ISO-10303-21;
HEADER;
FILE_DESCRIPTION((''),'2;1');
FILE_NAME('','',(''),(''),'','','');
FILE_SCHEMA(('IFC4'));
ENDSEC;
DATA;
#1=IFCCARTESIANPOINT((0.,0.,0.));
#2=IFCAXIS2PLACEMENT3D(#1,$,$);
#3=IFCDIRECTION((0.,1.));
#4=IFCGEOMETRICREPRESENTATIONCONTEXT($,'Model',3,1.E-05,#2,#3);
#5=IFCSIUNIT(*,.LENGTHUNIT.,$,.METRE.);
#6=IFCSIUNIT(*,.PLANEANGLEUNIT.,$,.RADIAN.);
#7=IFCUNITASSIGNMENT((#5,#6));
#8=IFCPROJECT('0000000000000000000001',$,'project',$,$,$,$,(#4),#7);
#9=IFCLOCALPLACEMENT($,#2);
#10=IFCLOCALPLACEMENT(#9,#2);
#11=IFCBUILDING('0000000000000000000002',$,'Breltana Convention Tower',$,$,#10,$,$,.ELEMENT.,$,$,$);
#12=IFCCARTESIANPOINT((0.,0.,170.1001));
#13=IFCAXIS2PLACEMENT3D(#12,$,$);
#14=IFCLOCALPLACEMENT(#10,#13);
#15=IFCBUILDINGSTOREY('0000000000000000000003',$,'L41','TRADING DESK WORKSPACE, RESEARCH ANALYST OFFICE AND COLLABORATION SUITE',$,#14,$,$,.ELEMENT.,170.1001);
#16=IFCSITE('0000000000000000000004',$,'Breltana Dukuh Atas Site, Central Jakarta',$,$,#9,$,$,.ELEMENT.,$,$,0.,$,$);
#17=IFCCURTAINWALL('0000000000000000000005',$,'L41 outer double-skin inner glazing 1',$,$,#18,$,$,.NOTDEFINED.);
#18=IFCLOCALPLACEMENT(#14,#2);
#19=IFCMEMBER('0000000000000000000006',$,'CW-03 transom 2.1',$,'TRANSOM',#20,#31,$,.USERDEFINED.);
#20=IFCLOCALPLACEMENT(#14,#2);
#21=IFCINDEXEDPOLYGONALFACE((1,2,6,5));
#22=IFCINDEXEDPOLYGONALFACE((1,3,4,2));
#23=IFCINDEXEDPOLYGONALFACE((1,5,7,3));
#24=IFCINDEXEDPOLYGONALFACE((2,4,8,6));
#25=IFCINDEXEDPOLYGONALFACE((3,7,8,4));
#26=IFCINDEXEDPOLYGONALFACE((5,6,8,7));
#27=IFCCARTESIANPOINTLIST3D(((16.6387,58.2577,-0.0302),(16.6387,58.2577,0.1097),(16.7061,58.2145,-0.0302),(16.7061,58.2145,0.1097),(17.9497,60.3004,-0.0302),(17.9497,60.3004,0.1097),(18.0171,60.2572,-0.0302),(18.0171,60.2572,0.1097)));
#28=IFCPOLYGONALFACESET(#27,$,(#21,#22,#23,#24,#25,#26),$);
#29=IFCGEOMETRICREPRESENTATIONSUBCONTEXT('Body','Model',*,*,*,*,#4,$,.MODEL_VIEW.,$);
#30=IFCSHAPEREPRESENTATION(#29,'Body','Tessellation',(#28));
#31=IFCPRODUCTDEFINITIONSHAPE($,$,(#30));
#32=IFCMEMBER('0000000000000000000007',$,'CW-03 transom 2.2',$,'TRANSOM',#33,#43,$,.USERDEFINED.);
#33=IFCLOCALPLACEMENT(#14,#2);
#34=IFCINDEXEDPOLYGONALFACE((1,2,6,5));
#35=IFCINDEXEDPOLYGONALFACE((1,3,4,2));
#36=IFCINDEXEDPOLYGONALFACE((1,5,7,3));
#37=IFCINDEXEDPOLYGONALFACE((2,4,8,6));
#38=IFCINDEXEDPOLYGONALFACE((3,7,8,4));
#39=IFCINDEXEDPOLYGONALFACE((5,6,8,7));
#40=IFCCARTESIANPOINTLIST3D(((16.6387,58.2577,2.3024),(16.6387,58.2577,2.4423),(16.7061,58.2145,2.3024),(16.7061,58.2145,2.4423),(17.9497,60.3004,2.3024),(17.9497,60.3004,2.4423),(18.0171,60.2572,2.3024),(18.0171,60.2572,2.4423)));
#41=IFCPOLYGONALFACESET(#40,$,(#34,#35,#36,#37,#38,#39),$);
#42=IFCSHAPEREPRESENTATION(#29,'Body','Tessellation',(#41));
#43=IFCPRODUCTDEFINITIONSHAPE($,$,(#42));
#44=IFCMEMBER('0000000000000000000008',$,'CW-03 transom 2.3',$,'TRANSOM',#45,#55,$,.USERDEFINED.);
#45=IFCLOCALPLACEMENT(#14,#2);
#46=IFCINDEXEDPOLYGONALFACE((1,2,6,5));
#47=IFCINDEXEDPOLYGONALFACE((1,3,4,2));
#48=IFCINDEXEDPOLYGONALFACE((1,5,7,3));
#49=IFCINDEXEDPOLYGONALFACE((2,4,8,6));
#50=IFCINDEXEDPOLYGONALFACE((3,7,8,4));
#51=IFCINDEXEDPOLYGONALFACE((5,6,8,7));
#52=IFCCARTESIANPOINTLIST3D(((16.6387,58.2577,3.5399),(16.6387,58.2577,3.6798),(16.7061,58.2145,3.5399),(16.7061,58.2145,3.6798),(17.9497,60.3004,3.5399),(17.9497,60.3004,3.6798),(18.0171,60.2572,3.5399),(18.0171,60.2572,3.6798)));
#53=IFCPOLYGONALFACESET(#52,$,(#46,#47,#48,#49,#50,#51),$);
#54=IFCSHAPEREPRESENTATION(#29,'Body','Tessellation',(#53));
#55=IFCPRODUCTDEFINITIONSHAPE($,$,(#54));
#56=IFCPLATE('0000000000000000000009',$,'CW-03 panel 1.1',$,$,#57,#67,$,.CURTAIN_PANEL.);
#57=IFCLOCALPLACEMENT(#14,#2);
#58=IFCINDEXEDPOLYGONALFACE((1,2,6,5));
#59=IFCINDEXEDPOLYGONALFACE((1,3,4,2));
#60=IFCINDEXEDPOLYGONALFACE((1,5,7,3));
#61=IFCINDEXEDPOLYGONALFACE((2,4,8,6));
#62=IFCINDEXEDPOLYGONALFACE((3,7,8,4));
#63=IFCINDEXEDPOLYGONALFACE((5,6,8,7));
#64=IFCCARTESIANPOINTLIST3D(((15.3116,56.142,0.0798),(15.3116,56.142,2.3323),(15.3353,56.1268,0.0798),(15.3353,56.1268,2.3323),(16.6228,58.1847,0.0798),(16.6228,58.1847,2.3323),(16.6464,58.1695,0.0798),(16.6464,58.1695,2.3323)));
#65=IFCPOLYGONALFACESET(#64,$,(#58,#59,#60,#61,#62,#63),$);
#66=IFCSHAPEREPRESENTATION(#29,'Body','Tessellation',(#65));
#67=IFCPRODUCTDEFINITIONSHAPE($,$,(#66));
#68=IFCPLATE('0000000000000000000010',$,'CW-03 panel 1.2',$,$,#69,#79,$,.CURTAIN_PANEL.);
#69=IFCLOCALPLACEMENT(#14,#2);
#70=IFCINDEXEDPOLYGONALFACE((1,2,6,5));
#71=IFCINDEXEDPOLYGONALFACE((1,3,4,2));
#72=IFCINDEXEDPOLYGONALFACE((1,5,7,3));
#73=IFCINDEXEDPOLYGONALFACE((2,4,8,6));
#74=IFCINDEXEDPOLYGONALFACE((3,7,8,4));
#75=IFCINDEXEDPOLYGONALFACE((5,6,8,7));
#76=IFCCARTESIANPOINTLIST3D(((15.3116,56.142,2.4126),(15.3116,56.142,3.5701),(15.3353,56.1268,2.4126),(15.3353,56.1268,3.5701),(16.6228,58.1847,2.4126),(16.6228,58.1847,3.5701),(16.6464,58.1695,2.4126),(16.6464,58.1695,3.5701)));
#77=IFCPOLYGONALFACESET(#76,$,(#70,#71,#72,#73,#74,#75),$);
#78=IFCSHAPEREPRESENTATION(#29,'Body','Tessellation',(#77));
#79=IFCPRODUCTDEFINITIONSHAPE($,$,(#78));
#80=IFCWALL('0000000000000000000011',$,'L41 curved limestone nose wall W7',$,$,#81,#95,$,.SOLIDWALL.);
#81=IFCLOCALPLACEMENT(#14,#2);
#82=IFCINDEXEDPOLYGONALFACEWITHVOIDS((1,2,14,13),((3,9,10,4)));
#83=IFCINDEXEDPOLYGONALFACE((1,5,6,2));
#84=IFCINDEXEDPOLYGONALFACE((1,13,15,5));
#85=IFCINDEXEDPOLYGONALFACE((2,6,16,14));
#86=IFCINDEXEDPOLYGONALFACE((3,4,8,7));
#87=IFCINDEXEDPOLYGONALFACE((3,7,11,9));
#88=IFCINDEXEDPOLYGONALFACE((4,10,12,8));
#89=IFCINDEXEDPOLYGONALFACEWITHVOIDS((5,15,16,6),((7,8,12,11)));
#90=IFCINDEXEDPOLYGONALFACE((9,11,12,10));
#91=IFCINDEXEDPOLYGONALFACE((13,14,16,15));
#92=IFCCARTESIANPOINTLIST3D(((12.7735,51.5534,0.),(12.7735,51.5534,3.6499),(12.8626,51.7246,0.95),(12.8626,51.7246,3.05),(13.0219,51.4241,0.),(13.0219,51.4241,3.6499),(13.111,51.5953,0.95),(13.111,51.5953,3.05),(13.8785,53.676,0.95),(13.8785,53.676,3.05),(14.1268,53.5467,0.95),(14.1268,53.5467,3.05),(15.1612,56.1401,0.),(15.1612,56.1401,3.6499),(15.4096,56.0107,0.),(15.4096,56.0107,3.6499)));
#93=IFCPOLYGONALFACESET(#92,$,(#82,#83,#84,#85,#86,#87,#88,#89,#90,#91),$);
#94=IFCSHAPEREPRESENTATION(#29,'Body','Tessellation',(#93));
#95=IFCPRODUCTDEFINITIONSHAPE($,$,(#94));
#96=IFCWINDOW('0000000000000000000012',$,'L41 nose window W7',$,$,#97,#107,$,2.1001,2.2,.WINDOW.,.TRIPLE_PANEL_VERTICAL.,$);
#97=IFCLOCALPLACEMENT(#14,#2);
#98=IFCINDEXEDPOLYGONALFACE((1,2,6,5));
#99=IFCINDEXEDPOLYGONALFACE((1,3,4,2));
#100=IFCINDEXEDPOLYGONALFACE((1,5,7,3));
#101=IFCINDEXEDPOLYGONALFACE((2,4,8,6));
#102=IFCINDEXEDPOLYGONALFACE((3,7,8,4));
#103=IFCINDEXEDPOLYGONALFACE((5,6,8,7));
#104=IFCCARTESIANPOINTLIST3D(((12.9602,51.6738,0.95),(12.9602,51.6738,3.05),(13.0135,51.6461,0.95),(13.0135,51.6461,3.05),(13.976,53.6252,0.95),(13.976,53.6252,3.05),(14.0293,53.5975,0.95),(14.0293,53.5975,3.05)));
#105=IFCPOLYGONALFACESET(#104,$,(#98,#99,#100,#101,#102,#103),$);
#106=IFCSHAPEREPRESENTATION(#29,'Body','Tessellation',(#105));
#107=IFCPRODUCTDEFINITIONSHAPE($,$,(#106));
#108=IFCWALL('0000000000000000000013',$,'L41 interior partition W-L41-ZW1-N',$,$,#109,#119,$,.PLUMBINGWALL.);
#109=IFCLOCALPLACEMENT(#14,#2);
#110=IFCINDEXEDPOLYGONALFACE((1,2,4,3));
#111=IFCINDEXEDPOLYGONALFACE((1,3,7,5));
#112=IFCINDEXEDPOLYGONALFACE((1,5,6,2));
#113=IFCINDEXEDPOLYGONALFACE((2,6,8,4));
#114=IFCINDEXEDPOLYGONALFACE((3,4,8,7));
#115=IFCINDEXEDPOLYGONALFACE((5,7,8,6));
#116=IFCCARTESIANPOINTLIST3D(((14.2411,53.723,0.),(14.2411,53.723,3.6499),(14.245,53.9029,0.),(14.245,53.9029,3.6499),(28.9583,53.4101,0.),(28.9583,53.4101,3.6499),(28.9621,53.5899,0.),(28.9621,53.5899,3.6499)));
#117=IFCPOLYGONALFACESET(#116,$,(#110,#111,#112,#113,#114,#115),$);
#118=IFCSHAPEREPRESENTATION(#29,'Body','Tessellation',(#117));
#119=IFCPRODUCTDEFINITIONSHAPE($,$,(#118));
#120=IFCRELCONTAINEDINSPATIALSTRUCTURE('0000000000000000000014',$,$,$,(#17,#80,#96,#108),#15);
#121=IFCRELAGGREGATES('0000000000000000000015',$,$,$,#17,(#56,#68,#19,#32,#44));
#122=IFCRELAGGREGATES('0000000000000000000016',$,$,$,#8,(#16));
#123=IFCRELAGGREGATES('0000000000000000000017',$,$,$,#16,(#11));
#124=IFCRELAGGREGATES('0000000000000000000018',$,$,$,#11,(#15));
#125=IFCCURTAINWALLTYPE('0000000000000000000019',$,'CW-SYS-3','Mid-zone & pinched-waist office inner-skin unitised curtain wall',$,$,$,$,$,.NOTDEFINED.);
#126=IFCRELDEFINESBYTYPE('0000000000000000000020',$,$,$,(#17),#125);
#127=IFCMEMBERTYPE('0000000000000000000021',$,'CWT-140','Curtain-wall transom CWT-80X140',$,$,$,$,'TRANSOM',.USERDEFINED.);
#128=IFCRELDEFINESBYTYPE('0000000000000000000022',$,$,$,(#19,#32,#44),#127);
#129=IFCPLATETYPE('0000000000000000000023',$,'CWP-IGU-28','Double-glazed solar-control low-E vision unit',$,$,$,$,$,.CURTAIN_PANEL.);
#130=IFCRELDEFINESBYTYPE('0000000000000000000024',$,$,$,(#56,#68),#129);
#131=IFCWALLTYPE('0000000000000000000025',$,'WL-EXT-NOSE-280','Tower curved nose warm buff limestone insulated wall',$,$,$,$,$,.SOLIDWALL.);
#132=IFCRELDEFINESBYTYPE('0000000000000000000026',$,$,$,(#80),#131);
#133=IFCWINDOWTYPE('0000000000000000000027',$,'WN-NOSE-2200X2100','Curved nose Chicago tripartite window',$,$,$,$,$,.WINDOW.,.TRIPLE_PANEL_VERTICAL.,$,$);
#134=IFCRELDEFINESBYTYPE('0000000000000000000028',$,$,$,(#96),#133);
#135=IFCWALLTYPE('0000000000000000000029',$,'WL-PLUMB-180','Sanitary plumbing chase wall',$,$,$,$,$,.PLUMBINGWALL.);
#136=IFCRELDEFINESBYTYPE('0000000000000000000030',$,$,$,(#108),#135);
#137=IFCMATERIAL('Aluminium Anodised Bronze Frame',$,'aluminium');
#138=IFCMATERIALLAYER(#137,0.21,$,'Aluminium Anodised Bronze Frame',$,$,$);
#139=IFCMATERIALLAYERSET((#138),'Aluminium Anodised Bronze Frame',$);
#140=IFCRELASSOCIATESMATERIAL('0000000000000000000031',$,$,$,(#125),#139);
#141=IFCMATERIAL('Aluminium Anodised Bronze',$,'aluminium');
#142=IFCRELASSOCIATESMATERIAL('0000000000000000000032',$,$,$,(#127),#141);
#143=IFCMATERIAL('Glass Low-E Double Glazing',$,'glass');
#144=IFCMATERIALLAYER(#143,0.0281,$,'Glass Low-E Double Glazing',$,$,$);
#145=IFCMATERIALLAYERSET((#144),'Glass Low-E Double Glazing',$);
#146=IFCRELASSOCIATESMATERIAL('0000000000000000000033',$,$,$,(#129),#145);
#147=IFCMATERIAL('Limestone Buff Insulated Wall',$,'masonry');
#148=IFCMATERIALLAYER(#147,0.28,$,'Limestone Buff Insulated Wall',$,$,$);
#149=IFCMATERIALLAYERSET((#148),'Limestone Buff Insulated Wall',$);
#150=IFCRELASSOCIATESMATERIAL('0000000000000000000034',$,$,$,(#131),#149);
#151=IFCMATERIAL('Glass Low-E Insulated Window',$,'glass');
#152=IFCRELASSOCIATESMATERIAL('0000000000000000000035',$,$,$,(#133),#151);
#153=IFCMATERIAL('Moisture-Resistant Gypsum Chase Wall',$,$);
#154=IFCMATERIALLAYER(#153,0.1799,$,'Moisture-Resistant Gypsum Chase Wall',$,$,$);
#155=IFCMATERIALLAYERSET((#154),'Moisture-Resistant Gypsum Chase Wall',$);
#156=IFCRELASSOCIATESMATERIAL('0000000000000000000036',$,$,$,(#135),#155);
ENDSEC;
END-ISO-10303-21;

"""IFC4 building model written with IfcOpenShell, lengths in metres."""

from ifc_helpers import new_model, si_unit, direction, frame, frame_2d, origin, origin_2d, place, context, subcontext, project, spatial, rectangle, extrude, source, transform, mapped, material, layer, layer_set, material_profile, profile_set, type_object, type_shapes, element, fill, aggregate, save


model = new_model("IFC4")

# Units and contexts
model_context = context("Model", 3, precision=1e-05, world=origin(), true_north=direction((0.0, 1.0)))
body_context = subcontext(model_context, "Body", "Model", "MODEL_VIEW")
ifc_project = project(units=[si_unit("LENGTHUNIT", "METRE"), si_unit("PLANEANGLEUNIT", "RADIAN")], contexts=[model_context])

# Site, building, storey
site_placement = place(None, origin())
site = spatial("IfcSite", under=ifc_project, at=site_placement, Name="Breltana Dukuh Atas Site, Central Jakarta", CompositionType="ELEMENT", RefElevation=0.0)
building_placement = place(site_placement, origin())
building = spatial("IfcBuilding", under=site, at=building_placement, Name="Breltana Convention Tower", CompositionType="ELEMENT")
storey_placement = place(building_placement, frame((0.0, 0.0, 170.1001)))
storey = spatial("IfcBuildingStorey", under=building, at=storey_placement, Name="L41", Description="TRADING DESK WORKSPACE, RESEARCH ANALYST OFFICE AND COLLABORATION SUITE", CompositionType="ELEMENT", Elevation=170.1001)

# Curtain wall, members, plates
ifc_material_1 = material(Name="Aluminium Anodised Bronze Frame", Category="aluminium")
ifc_layer_1 = layer(ifc_material_1, 0.21, Name="Aluminium Anodised Bronze Frame")
ifc_layer_set_1 = layer_set([ifc_layer_1], Name="Aluminium Anodised Bronze Frame")
curtain_wall_type = type_object("IfcCurtainWallType", Name="CW-SYS-3", Description="Mid-zone & pinched-waist office inner-skin unitised curtain wall", PredefinedType="NOTDEFINED", material=ifc_layer_set_1)
curtain_wall_placement = place(storey_placement, origin())
curtain_wall = element("IfcCurtainWall", 1, at=curtain_wall_placement, inside=storey, type_object=curtain_wall_type, Name="L41 outer double-skin inner glazing 1", PredefinedType="NOTDEFINED")
ifc_material_2 = material(Name="Aluminium Anodised Bronze", Category="aluminium")
ifc_material_profile_1 = material_profile(ifc_material_2, rectangle(XDim=0.0801, YDim=0.1399, at=origin_2d()), Name="CWT-80X140")
ifc_profile_set_1 = profile_set([ifc_material_profile_1], Name="Aluminium Anodised Bronze")
member_type_1 = type_object("IfcMemberType", Name="CWT-140", Description="Curtain-wall transom CWT-80X140", ElementType="TRANSOM", PredefinedType="USERDEFINED", material=ifc_profile_set_1)
shared_shape_1 = source(origin(), body_context, "Body", "SweptSolid", [
    extrude(rectangle(XDim=0.0801, YDim=0.1399, at=origin_2d()), origin(), (0.0, 0.0, 1.0), 2.4272),
])
member_1_placement = place(storey_placement, frame((16.6724, 58.2361, 0.0398), z_axis=(0.540132, 0.84158, 0.0), x_axis=(-0.84158, 0.540132, 0.0)))
member_1 = element("IfcMember", 2, at=member_1_placement, type_object=member_type_1, Name="CW-03 transom 2.1", ObjectType="TRANSOM", PredefinedType="USERDEFINED", context=body_context, shape_type="MappedRepresentation", body=[
    mapped(shared_shape_1, transform((0.0, 0.0, 0.0), scale=1.0)),
])
member_2_placement = place(storey_placement, frame((16.6724, 58.2361, 2.3723), z_axis=(0.540132, 0.84158, 0.0), x_axis=(-0.84158, 0.540132, 0.0)))
member_2 = element("IfcMember", 3, at=member_2_placement, type_object=member_type_1, Name="CW-03 transom 2.2", ObjectType="TRANSOM", PredefinedType="USERDEFINED", context=body_context, shape_type="MappedRepresentation", body=[
    mapped(shared_shape_1, transform((0.0, 0.0, 0.0), scale=1.0)),
])
member_3_placement = place(storey_placement, frame((16.6724, 58.2361, 3.6099), z_axis=(0.540132, 0.84158, 0.0), x_axis=(-0.84158, 0.540132, 0.0)))
member_3 = element("IfcMember", 4, at=member_3_placement, type_object=member_type_1, Name="CW-03 transom 2.3", ObjectType="TRANSOM", PredefinedType="USERDEFINED", context=body_context, shape_type="MappedRepresentation", body=[
    mapped(shared_shape_1, transform((0.0, 0.0, 0.0), scale=1.0)),
])
ifc_material_3 = material(Name="Glass Low-E Double Glazing", Category="glass")
ifc_layer_2 = layer(ifc_material_3, 0.0281, Name="Glass Low-E Double Glazing")
ifc_layer_set_2 = layer_set([ifc_layer_2], Name="Glass Low-E Double Glazing")
plate_type = type_object("IfcPlateType", Name="CWP-IGU-28", Description="Double-glazed solar-control low-E vision unit", PredefinedType="CURTAIN_PANEL", material=ifc_layer_set_2)
shared_shape_2 = source(origin(), body_context, "Body", "SweptSolid", [
    extrude(rectangle(XDim=2.4272, YDim=0.0281, at=origin_2d()), origin(), (0.0, 0.0, 1.0), 2.2524),
])
plate_1_placement = place(storey_placement, frame((15.979, 57.1558, 0.0798), z_axis=(0.0, 0.0, 1.0), x_axis=(0.540173, 0.841554, 0.0)))
plate_1 = element("IfcPlate", 5, at=plate_1_placement, type_object=plate_type, Name="CW-03 panel 1.1", PredefinedType="CURTAIN_PANEL", context=body_context, shape_type="MappedRepresentation", body=[
    mapped(shared_shape_2, transform((0.0, 0.0, 0.0), scale=1.0)),
])
shared_shape_3 = source(origin(), body_context, "Body", "SweptSolid", [
    extrude(rectangle(XDim=2.4272, YDim=0.0281, at=origin_2d()), origin(), (0.0, 0.0, 1.0), 1.1575),
])
plate_2_placement = place(storey_placement, frame((15.979, 57.1558, 2.4126), z_axis=(0.0, 0.0, 1.0), x_axis=(0.540173, 0.841554, 0.0)))
plate_2 = element("IfcPlate", 6, at=plate_2_placement, type_object=plate_type, Name="CW-03 panel 1.2", PredefinedType="CURTAIN_PANEL", context=body_context, shape_type="MappedRepresentation", body=[
    mapped(shared_shape_3, transform((0.0, 0.0, 0.0), scale=1.0)),
])
aggregate(curtain_wall, [plate_1, plate_2, member_1, member_2, member_3])

# Wall, opening, window
ifc_material_4 = material(Name="Limestone Buff Insulated Wall", Category="masonry")
ifc_layer_3 = layer(ifc_material_4, 0.28, Name="Limestone Buff Insulated Wall")
ifc_layer_set_3 = layer_set([ifc_layer_3], Name="Limestone Buff Insulated Wall")
wall_type_1 = type_object("IfcWallType", Name="WL-EXT-NOSE-280", Description="Tower curved nose warm buff limestone insulated wall", PredefinedType="SOLIDWALL", material=ifc_layer_set_3)
shared_shape_4 = source(origin(), body_context, "Body", "SweptSolid", [
    extrude(rectangle(XDim=5.1709, YDim=0.28, at=frame_2d((2.5854, 0.0))), origin(), (0.0, 0.0, 1.0), 3.6499),
])
wall_1_placement = place(storey_placement, frame((12.8977, 51.4888, 0.0), z_axis=(0.0, 0.0, 1.0), x_axis=(0.461753, 0.887009, 0.0)))
wall_1 = element("IfcWall", 7, at=wall_1_placement, inside=storey, type_object=wall_type_1, Name="L41 curved limestone nose wall W7", PredefinedType="SOLIDWALL", context=body_context, shape_type="MappedRepresentation", body=[
    mapped(shared_shape_4, transform((0.0, 0.0, 0.0), scale=1.0)),
])
opening_placement = place(wall_1_placement, frame((0.1929, 0.0, 0.95)))
opening = element("IfcOpeningElement", 8, at=opening_placement, cuts=wall_1, PredefinedType="OPENING", context=body_context, shape_type="SweptSolid", body=[
    extrude(rectangle(XDim=2.2, YDim=2.1001, at=frame_2d((1.1001, 1.05))), frame((0.0, 0.1499, 0.0), z_axis=(0.0, -1.0, 0.0), x_axis=(1.0, 0.0, 0.0)), (0.0, 0.0, 1.0), 0.3),
])
ifc_material_5 = material(Name="Glass Low-E Insulated Window", Category="glass")
window_type = type_object("IfcWindowType", Name="WN-NOSE-2200X2100", Description="Curved nose Chicago tripartite window", PartitioningType="TRIPLE_PANEL_VERTICAL", PredefinedType="WINDOW", material=ifc_material_5)
shared_shape_5 = source(origin(), body_context, "Body", "SweptSolid", [
    extrude(rectangle(XDim=2.2, YDim=2.1001, at=frame_2d((1.1001, 1.05))), frame((0.0, 0.03, 0.0), z_axis=(0.0, -1.0, 0.0), x_axis=(1.0, 0.0, 0.0)), (0.0, 0.0, 1.0), 0.0601),
])
type_shapes(window_type, [shared_shape_5])
window_placement = place(opening_placement, origin())
window = element("IfcWindow", 9, at=window_placement, inside=storey, type_object=window_type, Name="L41 nose window W7", OverallHeight=2.1001, OverallWidth=2.2, PartitioningType="TRIPLE_PANEL_VERTICAL", PredefinedType="WINDOW", context=body_context, shape_type="MappedRepresentation", body=[
    mapped(shared_shape_5, transform((0.0, 0.0, 0.0), scale=1.0)),
])
fill(opening, window)

# Wall
ifc_material_6 = material(Name="Moisture-Resistant Gypsum Chase Wall")
ifc_layer_4 = layer(ifc_material_6, 0.1799, Name="Moisture-Resistant Gypsum Chase Wall")
ifc_layer_set_4 = layer_set([ifc_layer_4], Name="Moisture-Resistant Gypsum Chase Wall")
wall_type_2 = type_object("IfcWallType", Name="WL-PLUMB-180", Description="Sanitary plumbing chase wall", PredefinedType="PLUMBINGWALL", material=ifc_layer_set_4)
shared_shape_6 = source(origin(), body_context, "Body", "SweptSolid", [
    extrude(rectangle(XDim=14.7205, YDim=0.1799, at=frame_2d((7.3604, 0.0))), origin(), (0.0, 0.0, 1.0), 3.6499),
])
wall_2_placement = place(storey_placement, frame((14.2429, 53.813, 0.0), z_axis=(0.0, 0.0, 1.0), x_axis=(0.999774, -0.021262, 0.0)))
element("IfcWall", 10, at=wall_2_placement, inside=storey, type_object=wall_type_2, Name="L41 interior partition W-L41-ZW1-N", PredefinedType="PLUMBINGWALL", context=body_context, shape_type="MappedRepresentation", body=[
    mapped(shared_shape_6, transform((0.0, 0.0, 0.0), scale=1.0)),
])

save(model, "model.ifc")
